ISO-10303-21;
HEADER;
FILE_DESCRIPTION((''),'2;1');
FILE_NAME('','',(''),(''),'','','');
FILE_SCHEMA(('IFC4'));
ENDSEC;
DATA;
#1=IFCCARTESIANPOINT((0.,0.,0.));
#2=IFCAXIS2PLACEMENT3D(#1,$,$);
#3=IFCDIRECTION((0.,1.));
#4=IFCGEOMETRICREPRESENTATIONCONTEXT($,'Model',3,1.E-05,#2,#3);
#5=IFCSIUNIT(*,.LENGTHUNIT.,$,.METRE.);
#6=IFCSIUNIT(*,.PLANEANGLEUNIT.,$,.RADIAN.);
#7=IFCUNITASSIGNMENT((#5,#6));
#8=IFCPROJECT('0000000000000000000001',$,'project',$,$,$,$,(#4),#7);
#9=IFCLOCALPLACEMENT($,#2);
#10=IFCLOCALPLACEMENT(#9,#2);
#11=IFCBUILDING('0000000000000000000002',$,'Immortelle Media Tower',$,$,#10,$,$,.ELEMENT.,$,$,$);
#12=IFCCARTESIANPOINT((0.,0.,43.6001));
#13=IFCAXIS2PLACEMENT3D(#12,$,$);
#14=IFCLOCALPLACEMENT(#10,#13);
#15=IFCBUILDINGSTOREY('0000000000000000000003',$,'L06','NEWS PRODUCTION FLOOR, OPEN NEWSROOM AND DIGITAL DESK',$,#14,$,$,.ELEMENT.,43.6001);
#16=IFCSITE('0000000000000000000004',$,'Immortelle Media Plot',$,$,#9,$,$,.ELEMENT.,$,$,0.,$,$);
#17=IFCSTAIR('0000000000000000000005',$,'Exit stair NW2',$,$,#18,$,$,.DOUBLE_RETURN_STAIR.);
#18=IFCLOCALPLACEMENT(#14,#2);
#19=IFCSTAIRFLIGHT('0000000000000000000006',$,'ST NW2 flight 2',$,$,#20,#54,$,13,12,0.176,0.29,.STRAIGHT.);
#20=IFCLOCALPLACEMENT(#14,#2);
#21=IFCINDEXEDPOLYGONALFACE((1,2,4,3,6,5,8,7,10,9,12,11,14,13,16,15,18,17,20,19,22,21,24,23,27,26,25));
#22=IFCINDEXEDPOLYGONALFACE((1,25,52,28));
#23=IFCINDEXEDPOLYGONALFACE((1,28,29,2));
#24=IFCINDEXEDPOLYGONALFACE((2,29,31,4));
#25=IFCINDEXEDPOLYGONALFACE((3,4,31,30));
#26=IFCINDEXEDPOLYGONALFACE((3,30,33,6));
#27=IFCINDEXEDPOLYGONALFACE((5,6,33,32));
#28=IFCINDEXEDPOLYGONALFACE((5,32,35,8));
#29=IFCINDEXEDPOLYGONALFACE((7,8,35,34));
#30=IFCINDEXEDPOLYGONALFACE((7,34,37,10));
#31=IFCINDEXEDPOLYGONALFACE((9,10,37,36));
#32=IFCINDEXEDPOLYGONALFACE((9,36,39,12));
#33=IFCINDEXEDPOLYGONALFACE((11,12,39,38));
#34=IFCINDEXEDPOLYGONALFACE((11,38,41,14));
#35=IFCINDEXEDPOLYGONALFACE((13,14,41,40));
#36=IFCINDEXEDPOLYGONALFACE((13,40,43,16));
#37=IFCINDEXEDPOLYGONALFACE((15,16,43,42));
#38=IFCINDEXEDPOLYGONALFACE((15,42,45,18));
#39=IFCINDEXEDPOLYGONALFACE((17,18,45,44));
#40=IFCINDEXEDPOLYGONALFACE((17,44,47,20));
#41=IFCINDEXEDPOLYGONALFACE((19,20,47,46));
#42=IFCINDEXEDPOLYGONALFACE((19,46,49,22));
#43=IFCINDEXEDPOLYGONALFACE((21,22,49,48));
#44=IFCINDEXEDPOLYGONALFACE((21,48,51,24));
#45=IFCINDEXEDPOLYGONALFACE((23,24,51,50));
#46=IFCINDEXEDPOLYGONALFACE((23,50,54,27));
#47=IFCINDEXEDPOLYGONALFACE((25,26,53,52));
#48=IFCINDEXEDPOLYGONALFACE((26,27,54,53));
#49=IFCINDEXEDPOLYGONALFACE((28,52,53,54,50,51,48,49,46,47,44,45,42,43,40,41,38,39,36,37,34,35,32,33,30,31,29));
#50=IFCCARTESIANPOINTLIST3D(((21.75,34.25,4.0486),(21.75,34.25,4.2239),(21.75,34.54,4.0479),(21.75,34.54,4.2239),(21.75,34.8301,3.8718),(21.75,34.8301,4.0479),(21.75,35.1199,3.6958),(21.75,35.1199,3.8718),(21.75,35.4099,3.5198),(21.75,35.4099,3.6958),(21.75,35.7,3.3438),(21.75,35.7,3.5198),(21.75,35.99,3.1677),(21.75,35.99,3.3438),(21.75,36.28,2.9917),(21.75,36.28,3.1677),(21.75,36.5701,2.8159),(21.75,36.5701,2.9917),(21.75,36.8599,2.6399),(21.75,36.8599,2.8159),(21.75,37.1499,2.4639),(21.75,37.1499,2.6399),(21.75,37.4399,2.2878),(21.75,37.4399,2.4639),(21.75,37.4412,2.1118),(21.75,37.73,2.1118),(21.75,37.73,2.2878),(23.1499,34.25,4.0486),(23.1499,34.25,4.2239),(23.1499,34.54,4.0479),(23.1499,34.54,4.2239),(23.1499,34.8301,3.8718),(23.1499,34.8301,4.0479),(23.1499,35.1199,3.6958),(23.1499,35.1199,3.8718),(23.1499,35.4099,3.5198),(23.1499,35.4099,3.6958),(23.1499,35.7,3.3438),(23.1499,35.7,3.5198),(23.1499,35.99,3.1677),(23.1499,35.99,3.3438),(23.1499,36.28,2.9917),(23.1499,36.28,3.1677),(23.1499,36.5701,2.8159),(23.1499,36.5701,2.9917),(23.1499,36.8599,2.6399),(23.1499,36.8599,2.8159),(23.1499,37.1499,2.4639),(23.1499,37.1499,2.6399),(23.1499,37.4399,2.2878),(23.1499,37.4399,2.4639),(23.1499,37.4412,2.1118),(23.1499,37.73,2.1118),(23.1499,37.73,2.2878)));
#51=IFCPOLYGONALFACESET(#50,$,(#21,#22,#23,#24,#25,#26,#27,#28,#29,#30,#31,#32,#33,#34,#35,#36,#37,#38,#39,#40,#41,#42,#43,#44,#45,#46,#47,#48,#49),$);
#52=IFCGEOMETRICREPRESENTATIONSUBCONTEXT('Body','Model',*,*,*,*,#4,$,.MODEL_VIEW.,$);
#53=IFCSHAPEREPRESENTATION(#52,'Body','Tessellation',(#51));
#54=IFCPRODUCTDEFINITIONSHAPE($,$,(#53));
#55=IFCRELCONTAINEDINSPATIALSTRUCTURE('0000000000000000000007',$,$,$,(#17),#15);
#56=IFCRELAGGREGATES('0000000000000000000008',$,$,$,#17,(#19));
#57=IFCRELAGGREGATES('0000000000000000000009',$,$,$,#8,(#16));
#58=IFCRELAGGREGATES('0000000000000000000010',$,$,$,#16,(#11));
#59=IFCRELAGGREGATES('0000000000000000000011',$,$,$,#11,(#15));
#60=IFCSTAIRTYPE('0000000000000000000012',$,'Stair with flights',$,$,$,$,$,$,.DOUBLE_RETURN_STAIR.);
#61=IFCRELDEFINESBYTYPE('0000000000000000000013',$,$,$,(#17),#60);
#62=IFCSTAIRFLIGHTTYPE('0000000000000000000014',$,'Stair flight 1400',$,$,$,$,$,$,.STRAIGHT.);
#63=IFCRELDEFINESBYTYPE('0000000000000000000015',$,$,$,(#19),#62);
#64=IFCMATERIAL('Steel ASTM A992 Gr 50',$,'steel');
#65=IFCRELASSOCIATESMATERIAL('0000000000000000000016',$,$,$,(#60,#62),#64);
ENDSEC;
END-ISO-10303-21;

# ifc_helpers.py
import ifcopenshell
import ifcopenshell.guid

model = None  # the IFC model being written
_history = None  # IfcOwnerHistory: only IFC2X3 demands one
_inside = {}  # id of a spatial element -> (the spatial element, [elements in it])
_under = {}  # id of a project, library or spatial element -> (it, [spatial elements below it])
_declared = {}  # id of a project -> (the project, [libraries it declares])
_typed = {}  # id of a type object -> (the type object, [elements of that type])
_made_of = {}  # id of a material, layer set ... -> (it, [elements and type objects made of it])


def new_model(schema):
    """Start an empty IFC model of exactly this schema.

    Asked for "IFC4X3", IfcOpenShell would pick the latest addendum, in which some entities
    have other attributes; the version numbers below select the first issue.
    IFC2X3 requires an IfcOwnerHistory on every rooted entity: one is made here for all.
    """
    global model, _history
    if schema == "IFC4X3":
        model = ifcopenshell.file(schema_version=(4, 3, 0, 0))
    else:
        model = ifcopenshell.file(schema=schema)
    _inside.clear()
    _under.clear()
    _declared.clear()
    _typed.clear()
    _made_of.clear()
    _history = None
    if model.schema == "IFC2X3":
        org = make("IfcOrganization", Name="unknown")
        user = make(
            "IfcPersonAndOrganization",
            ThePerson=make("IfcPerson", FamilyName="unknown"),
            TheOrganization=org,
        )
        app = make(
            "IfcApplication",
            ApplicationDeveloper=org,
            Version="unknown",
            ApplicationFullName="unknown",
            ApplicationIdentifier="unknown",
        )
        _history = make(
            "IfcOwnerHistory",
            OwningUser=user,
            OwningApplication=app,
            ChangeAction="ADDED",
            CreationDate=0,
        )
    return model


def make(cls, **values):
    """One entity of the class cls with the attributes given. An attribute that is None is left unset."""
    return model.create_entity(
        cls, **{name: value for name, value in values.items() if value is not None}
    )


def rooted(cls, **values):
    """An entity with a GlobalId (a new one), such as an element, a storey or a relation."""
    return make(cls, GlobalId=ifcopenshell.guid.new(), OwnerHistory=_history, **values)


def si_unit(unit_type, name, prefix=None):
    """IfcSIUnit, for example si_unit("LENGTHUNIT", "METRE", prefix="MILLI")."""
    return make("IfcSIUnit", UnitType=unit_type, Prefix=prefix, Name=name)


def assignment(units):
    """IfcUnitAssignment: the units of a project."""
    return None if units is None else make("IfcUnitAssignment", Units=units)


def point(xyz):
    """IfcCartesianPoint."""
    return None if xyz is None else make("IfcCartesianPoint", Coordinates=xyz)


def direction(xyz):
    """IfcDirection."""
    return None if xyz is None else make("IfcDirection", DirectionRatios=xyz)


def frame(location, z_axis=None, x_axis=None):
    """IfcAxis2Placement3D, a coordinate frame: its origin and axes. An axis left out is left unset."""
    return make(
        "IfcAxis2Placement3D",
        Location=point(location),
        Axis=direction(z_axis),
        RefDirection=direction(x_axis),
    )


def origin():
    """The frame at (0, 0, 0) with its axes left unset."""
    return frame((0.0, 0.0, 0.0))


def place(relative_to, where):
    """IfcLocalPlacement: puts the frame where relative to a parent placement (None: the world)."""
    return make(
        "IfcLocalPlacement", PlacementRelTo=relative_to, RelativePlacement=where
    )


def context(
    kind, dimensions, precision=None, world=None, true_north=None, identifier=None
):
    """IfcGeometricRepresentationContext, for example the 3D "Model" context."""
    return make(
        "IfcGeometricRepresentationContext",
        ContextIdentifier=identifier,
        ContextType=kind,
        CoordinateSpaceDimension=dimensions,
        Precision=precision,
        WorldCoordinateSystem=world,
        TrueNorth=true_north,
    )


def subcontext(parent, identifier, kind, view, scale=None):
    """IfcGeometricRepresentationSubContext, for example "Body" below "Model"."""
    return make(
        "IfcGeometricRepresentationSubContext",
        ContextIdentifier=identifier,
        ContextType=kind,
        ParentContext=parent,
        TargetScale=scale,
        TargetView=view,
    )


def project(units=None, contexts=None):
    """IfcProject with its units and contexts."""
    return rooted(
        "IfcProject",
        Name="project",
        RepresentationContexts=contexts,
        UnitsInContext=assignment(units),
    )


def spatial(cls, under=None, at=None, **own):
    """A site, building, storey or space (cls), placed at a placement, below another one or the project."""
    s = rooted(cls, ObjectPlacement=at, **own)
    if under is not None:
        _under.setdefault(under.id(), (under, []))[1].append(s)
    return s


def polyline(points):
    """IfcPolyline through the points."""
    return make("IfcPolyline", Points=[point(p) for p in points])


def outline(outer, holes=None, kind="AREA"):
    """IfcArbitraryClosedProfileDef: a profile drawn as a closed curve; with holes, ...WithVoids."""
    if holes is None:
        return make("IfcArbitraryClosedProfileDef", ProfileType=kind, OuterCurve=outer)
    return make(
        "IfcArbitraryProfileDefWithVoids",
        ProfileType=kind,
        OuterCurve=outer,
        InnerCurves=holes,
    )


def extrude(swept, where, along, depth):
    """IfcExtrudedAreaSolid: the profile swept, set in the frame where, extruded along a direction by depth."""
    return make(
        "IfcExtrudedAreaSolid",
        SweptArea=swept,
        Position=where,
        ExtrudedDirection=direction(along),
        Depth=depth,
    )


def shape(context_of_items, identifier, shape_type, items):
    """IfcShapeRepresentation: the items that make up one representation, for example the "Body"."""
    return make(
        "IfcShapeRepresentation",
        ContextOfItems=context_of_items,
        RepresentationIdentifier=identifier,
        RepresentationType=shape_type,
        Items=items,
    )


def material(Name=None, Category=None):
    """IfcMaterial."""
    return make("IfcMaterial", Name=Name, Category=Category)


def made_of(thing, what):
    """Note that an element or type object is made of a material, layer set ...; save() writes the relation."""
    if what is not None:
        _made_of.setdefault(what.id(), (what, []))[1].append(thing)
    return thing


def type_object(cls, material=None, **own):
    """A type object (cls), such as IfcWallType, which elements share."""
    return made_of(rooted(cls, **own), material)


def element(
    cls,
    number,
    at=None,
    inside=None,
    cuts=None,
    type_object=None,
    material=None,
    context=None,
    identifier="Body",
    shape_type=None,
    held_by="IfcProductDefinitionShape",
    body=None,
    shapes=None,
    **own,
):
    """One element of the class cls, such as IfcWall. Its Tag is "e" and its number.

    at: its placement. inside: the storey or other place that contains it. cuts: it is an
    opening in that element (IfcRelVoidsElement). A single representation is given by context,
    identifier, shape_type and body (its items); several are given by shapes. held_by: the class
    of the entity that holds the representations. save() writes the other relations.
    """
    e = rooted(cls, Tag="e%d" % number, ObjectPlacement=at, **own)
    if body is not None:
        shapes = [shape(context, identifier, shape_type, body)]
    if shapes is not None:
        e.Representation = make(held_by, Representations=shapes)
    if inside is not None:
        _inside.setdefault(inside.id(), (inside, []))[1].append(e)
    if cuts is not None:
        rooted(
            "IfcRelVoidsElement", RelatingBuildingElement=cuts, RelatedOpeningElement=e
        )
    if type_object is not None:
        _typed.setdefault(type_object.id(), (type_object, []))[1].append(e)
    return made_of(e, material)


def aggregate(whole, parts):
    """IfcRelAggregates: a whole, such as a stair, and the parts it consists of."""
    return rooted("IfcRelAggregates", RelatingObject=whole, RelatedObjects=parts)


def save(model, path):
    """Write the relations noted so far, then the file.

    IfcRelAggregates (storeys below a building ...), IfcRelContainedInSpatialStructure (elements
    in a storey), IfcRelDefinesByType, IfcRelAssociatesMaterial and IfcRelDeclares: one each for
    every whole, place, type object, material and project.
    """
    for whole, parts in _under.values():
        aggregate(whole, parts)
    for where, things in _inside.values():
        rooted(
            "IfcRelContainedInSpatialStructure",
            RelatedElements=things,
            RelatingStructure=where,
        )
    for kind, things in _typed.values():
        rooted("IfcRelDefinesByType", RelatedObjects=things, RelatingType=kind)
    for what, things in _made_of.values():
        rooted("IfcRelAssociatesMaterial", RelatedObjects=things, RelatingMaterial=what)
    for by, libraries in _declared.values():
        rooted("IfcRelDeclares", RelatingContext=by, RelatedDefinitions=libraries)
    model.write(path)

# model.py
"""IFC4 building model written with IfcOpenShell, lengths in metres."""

from ifc_helpers import new_model, si_unit, direction, frame, origin, place, context, subcontext, project, spatial, polyline, outline, extrude, material, type_object, element, aggregate, save


model = new_model("IFC4")

# Units and contexts
model_context = context("Model", 3, precision=1e-05, world=origin(), true_north=direction((0.0, 1.0)))
body_context = subcontext(model_context, "Body", "Model", "MODEL_VIEW")
ifc_project = project(units=[si_unit("LENGTHUNIT", "METRE"), si_unit("PLANEANGLEUNIT", "RADIAN")], contexts=[model_context])

# Site, building, storey
site_placement = place(None, origin())
site = spatial("IfcSite", under=ifc_project, at=site_placement, Name="Immortelle Media Plot", CompositionType="ELEMENT", RefElevation=0.0)
building_placement = place(site_placement, origin())
building = spatial("IfcBuilding", under=site, at=building_placement, Name="Immortelle Media Tower", CompositionType="ELEMENT")
storey_placement = place(building_placement, frame((0.0, 0.0, 43.6001)))
storey = spatial("IfcBuildingStorey", under=building, at=storey_placement, Name="L06", Description="NEWS PRODUCTION FLOOR, OPEN NEWSROOM AND DIGITAL DESK", CompositionType="ELEMENT", Elevation=43.6001)

# Shared definitions
ifc_material_1 = material(Name="Steel ASTM A992 Gr 50", Category="steel")

# Stair, stair flight
stair_type = type_object("IfcStairType", Name="Stair with flights", PredefinedType="DOUBLE_RETURN_STAIR", material=ifc_material_1)
stair_placement = place(storey_placement, origin())
stair = element("IfcStair", 1, at=stair_placement, inside=storey, type_object=stair_type, Name="Exit stair NW2", PredefinedType="DOUBLE_RETURN_STAIR")
stair_flight_type = type_object("IfcStairFlightType", Name="Stair flight 1400", PredefinedType="STRAIGHT", material=ifc_material_1)
stair_flight_placement = place(storey_placement, frame((22.45, 37.73, 2.1118), z_axis=(0.0, 0.0, 1.0), x_axis=(0.0, -1.0, 0.0)))
stair_flight = element("IfcStairFlight", 2, at=stair_flight_placement, type_object=stair_flight_type, Name="ST NW2 flight 2", NumberOfRisers=13, NumberOfTreads=12, PredefinedType="STRAIGHT", RiserHeight=0.176, TreadLength=0.29, context=body_context, shape_type="SweptSolid", body=[
    extrude(outline(polyline([(0.0, 0.0), (0.0, 0.176), (0.29, 0.176), (0.29, 0.3521), (0.5801, 0.3521), (0.5801, 0.5281), (0.8701, 0.5281), (0.8701, 0.7041), (1.1599, 0.7041), (1.1599, 0.8799), (1.45, 0.8799), (1.45, 1.0559), (1.74, 1.0559), (1.74, 1.2319), (2.03, 1.2319), (2.03, 1.408), (2.3201, 1.408), (2.3201, 1.584), (2.6101, 1.584), (2.6101, 1.76), (2.8999, 1.76), (2.8999, 1.936), (3.1899, 1.936), (3.1899, 2.1121), (3.48, 2.1121), (3.48, 2.2881), (3.48, 1.9368), (0.2888, 0.0), (0.0, 0.0)])), frame((0.0, 0.7, 0.0), z_axis=(0.0, -1.0, 0.0), x_axis=(1.0, 0.0, 0.0)), (0.0, 0.0, 1.0), 1.3999),
])
aggregate(stair, [stair_flight])

save(model, "model.ifc")
